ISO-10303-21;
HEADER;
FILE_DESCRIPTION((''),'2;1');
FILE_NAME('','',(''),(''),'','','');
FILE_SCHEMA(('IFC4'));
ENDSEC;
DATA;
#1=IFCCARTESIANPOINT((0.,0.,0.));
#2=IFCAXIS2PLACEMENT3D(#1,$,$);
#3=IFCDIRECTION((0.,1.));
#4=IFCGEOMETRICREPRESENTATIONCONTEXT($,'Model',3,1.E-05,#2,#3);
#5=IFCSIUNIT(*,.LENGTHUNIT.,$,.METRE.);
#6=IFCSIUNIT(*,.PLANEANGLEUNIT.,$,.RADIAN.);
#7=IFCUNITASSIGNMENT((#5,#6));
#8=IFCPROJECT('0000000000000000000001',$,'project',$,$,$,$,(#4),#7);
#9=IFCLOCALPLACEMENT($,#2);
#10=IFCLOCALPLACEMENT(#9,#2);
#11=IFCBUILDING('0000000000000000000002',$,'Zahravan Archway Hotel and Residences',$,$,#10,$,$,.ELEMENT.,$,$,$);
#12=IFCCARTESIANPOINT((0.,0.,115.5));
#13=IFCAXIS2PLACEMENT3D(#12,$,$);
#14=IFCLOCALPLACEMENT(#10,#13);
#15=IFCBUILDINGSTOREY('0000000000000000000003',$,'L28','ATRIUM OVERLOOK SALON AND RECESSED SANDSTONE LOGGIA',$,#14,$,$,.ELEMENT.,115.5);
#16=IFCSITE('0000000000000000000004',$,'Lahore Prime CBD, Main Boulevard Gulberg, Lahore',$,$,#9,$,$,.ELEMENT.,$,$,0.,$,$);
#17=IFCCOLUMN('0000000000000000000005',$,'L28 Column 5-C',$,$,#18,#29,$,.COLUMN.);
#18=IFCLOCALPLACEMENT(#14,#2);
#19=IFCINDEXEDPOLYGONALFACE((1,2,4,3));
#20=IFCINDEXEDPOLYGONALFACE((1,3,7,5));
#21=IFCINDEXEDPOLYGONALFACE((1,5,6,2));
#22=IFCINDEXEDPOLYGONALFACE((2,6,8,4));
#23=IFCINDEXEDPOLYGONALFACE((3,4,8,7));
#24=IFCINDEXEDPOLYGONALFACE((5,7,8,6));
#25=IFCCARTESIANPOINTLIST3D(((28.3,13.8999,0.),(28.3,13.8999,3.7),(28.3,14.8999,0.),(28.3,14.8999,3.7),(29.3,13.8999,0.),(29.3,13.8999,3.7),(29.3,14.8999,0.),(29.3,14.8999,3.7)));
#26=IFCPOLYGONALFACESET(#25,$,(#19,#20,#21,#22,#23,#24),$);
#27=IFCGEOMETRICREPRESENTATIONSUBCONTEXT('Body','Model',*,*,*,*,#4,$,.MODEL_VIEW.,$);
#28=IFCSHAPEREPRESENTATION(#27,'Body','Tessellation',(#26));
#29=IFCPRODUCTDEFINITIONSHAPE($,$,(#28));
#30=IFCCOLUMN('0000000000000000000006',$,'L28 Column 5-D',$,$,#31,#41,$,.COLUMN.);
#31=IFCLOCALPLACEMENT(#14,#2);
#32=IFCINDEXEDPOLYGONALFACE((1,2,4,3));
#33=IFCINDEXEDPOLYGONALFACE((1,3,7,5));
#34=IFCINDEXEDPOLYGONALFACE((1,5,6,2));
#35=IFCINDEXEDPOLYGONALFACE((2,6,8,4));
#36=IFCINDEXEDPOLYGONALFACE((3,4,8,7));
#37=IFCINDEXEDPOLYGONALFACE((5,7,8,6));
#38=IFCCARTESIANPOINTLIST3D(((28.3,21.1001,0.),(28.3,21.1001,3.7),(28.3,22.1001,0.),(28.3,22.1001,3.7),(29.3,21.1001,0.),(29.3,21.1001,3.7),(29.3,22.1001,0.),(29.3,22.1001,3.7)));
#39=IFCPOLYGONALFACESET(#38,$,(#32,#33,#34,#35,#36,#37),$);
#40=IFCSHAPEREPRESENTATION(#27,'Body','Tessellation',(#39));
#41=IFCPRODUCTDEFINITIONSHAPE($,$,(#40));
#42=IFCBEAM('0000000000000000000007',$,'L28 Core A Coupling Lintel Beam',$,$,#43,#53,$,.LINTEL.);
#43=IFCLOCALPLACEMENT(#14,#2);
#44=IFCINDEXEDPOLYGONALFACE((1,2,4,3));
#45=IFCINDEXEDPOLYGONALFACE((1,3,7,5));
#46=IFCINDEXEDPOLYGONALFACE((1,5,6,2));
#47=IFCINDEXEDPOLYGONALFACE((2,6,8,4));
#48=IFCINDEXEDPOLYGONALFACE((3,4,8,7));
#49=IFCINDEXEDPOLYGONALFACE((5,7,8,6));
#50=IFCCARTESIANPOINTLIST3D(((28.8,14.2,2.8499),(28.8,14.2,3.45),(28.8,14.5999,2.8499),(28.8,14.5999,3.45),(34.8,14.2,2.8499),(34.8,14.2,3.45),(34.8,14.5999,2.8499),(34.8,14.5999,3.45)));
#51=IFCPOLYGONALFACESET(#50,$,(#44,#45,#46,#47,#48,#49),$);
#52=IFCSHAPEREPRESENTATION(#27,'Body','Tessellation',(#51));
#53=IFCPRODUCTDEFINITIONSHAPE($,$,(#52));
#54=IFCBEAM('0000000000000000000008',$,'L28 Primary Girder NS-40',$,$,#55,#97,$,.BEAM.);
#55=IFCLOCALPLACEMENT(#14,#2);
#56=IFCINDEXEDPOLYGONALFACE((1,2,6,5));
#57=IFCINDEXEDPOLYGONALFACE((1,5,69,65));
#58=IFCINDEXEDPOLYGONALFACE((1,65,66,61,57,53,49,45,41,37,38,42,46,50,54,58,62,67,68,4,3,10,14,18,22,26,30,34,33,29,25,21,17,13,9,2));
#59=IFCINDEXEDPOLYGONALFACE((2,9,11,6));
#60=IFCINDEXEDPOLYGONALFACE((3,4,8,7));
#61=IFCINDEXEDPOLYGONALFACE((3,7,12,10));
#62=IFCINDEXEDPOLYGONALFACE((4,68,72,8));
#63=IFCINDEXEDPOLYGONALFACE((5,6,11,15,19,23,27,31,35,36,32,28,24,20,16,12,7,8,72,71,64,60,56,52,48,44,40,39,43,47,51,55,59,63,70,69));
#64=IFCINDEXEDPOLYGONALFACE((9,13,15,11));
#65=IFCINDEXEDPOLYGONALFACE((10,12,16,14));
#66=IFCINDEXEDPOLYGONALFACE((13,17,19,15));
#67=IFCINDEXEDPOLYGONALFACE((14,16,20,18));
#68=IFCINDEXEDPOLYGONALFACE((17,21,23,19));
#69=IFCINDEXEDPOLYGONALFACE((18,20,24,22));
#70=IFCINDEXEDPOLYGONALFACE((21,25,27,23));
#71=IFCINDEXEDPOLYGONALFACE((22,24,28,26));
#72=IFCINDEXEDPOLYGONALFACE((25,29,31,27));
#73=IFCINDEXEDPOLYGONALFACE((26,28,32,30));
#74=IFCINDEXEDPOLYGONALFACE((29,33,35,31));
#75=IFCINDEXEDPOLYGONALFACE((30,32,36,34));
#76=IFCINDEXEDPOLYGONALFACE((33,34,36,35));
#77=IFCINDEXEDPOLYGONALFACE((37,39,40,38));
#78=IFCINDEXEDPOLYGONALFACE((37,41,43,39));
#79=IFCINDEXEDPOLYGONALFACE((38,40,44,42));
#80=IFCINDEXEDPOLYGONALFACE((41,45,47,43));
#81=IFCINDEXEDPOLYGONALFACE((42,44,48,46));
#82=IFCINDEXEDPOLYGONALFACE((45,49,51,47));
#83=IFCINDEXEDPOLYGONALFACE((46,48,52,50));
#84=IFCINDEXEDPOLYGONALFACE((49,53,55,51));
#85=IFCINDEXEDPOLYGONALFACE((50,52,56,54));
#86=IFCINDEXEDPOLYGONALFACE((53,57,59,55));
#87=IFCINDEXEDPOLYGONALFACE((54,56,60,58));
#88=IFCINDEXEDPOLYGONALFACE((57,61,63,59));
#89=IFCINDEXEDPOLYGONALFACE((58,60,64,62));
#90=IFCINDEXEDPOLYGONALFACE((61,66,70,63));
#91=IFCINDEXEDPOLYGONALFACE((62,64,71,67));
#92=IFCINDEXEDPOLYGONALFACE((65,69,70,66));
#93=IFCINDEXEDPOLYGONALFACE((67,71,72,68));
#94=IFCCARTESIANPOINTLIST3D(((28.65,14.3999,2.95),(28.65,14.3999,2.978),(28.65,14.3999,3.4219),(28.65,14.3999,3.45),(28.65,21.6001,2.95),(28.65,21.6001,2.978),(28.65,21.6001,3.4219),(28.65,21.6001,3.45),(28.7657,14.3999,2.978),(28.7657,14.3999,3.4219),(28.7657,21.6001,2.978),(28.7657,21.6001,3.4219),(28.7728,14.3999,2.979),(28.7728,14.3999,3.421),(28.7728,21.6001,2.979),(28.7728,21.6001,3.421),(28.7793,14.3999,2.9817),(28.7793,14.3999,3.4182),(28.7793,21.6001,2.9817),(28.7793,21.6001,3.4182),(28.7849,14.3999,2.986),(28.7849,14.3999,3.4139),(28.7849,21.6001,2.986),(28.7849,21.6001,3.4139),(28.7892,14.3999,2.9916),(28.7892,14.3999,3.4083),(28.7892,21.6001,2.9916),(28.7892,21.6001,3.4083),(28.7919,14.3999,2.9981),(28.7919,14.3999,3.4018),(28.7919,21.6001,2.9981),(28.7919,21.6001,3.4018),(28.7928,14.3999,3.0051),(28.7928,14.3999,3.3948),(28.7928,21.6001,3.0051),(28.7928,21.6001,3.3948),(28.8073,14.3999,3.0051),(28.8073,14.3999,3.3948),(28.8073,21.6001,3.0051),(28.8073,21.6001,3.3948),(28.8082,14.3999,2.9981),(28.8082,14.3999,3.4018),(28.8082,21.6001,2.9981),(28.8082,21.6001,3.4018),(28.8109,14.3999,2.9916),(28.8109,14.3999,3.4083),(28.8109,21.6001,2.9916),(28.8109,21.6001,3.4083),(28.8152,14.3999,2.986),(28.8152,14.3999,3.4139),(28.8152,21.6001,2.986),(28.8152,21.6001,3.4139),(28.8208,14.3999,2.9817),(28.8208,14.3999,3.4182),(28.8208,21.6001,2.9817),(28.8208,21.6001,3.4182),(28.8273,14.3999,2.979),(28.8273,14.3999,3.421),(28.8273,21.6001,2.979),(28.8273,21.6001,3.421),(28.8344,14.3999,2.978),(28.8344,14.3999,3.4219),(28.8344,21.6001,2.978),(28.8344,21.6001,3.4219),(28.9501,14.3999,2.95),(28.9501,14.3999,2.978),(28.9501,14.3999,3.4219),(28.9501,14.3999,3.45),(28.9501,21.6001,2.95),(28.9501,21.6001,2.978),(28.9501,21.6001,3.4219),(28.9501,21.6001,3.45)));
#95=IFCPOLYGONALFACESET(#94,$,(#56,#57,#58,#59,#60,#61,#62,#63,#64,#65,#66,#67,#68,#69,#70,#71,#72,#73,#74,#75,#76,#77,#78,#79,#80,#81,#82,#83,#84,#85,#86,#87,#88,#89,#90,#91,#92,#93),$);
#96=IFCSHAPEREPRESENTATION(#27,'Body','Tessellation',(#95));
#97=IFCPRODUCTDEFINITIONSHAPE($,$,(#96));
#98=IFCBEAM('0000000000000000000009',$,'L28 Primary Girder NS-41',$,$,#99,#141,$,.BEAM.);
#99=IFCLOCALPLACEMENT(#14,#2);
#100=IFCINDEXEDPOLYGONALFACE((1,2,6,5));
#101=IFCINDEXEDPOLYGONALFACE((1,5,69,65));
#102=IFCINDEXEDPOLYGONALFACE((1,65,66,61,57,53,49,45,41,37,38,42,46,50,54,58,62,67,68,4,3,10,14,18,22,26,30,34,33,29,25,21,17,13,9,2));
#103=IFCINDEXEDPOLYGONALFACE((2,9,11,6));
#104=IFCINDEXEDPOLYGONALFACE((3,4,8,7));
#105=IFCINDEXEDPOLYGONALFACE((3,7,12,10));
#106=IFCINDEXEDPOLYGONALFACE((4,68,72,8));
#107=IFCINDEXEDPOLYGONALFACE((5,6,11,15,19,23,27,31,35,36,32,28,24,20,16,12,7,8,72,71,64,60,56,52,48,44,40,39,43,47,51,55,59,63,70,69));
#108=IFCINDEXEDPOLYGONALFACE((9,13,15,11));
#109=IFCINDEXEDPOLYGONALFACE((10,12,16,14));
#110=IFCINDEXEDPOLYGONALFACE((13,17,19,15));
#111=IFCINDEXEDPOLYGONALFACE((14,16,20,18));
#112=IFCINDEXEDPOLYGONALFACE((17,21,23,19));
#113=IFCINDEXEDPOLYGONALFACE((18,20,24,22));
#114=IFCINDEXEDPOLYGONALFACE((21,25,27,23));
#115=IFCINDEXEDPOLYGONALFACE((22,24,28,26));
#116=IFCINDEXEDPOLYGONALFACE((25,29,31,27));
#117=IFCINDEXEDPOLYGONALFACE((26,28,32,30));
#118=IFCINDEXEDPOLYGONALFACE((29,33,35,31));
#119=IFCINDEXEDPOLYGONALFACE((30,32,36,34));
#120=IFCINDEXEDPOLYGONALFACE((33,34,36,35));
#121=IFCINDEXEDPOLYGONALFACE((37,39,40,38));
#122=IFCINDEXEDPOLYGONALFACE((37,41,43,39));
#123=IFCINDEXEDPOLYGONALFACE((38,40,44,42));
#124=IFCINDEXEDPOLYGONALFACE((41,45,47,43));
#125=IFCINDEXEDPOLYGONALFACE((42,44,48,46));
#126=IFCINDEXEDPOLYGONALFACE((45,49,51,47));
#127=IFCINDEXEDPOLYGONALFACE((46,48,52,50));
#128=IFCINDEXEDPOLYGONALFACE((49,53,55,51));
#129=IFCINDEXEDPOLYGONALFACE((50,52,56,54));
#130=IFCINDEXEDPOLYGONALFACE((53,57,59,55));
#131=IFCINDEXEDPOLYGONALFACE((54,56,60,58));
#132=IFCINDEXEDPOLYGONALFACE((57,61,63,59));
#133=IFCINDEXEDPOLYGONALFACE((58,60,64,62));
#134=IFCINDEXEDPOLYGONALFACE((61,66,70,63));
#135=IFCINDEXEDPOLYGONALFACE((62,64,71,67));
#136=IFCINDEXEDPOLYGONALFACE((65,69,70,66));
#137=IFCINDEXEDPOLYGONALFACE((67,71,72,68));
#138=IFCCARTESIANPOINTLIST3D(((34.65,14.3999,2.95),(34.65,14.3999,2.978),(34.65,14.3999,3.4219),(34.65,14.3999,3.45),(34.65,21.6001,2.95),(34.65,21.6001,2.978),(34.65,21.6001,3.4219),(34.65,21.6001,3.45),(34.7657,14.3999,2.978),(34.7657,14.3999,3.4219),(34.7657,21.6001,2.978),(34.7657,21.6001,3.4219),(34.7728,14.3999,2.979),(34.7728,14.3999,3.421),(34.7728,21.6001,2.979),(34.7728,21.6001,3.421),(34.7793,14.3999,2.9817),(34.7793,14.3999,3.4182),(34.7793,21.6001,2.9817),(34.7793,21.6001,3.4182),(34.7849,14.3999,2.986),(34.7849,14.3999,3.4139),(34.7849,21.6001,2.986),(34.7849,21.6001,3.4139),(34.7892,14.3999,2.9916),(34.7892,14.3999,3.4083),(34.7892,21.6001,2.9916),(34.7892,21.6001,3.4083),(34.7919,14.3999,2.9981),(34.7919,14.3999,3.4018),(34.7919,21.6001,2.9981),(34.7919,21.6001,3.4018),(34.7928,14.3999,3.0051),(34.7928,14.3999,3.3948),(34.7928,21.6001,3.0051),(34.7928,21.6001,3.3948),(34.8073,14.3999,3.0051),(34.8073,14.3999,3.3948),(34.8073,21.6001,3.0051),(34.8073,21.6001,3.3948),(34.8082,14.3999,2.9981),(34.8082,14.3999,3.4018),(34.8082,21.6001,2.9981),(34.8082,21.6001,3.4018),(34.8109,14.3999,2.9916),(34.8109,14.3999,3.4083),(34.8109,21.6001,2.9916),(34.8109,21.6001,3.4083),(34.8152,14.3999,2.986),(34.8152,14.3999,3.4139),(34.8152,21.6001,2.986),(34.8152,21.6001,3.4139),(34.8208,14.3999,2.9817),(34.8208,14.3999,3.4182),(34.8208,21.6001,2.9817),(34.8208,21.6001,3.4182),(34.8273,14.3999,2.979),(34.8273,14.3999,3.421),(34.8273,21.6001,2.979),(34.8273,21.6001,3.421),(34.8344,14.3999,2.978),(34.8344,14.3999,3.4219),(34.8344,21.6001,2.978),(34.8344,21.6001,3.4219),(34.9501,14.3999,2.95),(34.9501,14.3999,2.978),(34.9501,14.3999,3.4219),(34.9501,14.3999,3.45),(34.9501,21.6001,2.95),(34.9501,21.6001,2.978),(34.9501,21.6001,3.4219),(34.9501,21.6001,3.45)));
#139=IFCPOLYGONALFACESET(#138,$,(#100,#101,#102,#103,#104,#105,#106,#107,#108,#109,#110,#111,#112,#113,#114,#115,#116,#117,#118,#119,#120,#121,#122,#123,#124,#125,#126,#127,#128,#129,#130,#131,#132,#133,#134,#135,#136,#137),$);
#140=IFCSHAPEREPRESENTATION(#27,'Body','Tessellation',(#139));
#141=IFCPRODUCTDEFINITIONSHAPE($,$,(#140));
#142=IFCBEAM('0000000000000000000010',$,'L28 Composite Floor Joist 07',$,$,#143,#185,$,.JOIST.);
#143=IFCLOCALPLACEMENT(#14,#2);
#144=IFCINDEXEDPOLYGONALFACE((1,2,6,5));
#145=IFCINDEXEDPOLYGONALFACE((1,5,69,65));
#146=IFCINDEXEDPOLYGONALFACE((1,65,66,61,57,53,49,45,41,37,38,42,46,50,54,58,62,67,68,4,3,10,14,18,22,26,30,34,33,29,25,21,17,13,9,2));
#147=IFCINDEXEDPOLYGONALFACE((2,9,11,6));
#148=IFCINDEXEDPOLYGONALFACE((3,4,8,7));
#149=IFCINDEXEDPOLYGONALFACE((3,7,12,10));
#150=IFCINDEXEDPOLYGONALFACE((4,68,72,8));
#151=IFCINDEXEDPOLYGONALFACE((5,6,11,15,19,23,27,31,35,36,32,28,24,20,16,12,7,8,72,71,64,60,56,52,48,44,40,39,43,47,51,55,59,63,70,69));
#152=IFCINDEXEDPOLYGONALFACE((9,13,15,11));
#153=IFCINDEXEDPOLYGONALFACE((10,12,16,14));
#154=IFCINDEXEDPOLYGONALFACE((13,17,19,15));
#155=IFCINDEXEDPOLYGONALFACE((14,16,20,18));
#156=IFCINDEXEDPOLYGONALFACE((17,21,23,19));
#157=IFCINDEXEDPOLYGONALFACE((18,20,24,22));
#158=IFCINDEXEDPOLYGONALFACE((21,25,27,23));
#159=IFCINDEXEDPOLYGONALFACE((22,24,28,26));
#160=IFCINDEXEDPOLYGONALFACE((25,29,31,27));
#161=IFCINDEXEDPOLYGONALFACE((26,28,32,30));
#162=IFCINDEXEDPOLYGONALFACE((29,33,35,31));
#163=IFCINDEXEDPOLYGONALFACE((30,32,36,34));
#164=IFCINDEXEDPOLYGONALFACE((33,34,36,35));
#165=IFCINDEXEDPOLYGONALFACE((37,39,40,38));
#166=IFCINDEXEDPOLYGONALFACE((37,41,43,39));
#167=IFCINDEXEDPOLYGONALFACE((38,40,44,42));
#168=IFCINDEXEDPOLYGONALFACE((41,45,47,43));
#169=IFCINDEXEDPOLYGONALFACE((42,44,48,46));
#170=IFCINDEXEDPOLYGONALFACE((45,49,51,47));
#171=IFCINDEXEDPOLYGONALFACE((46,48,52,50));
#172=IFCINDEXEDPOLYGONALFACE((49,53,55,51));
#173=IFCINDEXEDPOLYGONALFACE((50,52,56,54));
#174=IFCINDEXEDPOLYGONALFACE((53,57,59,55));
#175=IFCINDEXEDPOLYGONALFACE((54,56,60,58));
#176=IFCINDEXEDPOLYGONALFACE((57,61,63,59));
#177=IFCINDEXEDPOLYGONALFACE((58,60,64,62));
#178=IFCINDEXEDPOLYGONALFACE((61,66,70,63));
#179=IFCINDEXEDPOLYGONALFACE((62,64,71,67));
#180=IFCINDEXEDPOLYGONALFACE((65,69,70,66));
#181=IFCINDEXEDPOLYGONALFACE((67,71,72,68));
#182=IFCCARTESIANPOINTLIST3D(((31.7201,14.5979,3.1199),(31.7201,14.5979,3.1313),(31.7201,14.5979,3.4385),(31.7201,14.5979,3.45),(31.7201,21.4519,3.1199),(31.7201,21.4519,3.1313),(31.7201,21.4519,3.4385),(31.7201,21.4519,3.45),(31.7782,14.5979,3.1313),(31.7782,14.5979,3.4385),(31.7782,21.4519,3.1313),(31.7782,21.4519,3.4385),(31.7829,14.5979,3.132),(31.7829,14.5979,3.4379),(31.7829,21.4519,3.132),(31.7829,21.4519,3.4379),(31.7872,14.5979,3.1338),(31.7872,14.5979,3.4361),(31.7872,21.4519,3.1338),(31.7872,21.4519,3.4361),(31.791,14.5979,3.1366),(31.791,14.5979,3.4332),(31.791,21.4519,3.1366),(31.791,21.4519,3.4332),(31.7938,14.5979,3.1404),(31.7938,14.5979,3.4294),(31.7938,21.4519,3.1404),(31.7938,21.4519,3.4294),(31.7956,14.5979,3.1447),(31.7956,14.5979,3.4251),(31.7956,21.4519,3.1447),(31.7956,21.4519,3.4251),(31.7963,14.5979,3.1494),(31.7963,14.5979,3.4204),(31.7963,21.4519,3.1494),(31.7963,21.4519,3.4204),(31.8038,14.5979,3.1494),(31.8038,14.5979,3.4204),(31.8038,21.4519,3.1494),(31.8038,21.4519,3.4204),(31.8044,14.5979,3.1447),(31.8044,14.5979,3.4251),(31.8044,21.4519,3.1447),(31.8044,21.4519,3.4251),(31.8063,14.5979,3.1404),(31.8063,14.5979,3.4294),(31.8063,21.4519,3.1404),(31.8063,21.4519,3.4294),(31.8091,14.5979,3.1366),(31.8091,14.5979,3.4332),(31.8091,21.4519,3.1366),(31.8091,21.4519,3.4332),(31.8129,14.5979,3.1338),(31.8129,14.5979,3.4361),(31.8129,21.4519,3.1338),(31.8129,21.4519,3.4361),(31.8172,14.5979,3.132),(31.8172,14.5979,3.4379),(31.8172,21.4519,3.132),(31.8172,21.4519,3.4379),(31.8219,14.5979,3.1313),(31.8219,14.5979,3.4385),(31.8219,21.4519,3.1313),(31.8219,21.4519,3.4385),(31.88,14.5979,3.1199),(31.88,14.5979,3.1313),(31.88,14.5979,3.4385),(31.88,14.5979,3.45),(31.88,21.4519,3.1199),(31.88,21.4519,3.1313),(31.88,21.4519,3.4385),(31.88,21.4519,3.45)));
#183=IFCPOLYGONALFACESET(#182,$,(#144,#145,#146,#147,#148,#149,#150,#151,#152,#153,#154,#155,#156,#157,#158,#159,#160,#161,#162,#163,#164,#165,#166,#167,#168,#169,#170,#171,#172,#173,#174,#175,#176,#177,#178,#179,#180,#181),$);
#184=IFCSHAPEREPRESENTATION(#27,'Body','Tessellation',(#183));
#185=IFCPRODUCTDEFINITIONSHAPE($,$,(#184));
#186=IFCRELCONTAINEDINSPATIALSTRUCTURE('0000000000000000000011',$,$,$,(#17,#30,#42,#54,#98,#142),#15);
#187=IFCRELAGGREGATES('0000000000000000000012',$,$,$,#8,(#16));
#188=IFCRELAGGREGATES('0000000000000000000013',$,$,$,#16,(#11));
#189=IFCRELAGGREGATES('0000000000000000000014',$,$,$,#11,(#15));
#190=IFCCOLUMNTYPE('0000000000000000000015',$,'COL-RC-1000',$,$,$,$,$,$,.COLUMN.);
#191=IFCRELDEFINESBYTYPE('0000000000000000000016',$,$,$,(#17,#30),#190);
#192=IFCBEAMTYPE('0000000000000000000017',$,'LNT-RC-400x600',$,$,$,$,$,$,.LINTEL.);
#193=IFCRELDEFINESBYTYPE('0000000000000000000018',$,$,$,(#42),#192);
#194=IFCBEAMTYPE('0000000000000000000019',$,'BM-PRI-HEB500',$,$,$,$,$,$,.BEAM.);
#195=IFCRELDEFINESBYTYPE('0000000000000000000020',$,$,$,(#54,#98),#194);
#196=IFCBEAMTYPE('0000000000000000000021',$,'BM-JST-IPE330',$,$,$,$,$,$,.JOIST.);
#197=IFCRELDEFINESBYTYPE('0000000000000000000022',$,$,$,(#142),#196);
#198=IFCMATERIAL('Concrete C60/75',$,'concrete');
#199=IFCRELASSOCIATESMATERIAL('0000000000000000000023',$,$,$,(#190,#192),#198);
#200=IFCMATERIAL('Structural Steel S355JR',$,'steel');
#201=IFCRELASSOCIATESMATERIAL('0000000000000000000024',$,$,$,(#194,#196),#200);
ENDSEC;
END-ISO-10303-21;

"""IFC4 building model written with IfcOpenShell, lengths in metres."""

from ifc_helpers import new_model, si_unit, direction, frame, origin, origin_2d, place, context, subcontext, project, spatial, rectangle, i_section, extrude, source, transform, mapped, material, material_profile, profile_set, type_object, type_shapes, element, save


model = new_model("IFC4")

# Units and contexts
model_context = context("Model", 3, precision=1e-05, world=origin(), true_north=direction((0.0, 1.0)))
body_context = subcontext(model_context, "Body", "Model", "MODEL_VIEW")
ifc_project = project(units=[si_unit("LENGTHUNIT", "METRE"), si_unit("PLANEANGLEUNIT", "RADIAN")], contexts=[model_context])

# Site, building, storey
site_placement = place(None, origin())
site = spatial("IfcSite", under=ifc_project, at=site_placement, Name="Lahore Prime CBD, Main Boulevard Gulberg, Lahore", CompositionType="ELEMENT", RefElevation=0.0)
building_placement = place(site_placement, origin())
building = spatial("IfcBuilding", under=site, at=building_placement, Name="Zahravan Archway Hotel and Residences", CompositionType="ELEMENT")
storey_placement = place(building_placement, frame((0.0, 0.0, 115.5)))
storey = spatial("IfcBuildingStorey", under=building, at=storey_placement, Name="L28", Description="ATRIUM OVERLOOK SALON AND RECESSED SANDSTONE LOGGIA", CompositionType="ELEMENT", Elevation=115.5)

# Columns
ifc_material_1 = material(Name="Concrete C60/75", Category="concrete")
ifc_material_profile_1 = material_profile(ifc_material_1, rectangle(XDim=1.0, YDim=1.0, at=origin_2d()), Name="RC-COL-1000x1000", Category="concrete")
ifc_profile_set_1 = profile_set([ifc_material_profile_1], Name="Concrete C60/75")
column_type = type_object("IfcColumnType", Name="COL-RC-1000", PredefinedType="COLUMN", material=ifc_profile_set_1)
shared_shape_1 = source(origin(), body_context, "Body", "SweptSolid", [
    extrude(rectangle(XDim=1.0, YDim=1.0, at=origin_2d()), origin(), (0.0, 0.0, 1.0), 3.7),
])
type_shapes(column_type, [shared_shape_1])
for number, where, z_axis, x_axis, name in (
    (1, (28.8, 14.3999, 0.0), (0.0, 0.0, 1.0), (1.0, 0.0, 0.0), "L28 Column 5-C"),
    (2, (28.8, 21.6001, 0.0), (0.0, 0.0, 1.0), (1.0, 0.0, 0.0), "L28 Column 5-D"),
):
    element("IfcColumn", number, at=place(storey_placement, frame(where, z_axis=z_axis, x_axis=x_axis)), inside=storey, type_object=column_type, Name=name, PredefinedType="COLUMN", context=body_context, shape_type="MappedRepresentation", body=[
        mapped(shared_shape_1, transform((0.0, 0.0, 0.0), scale=1.0)),
    ])

# Beams
ifc_material_profile_2 = material_profile(ifc_material_1, rectangle(XDim=0.3999, YDim=0.6001, at=origin_2d()), Name="RC-LNT-400x600", Category="concrete")
ifc_profile_set_2 = profile_set([ifc_material_profile_2], Name="Concrete C60/75")
beam_type_1 = type_object("IfcBeamType", Name="LNT-RC-400x600", PredefinedType="LINTEL", material=ifc_profile_set_2)
shared_shape_2 = source(origin(), body_context, "Body", "SweptSolid", [
    extrude(rectangle(XDim=0.3999, YDim=0.6001, at=origin_2d()), origin(), (0.0, 0.0, 1.0), 6.0),
])
type_shapes(beam_type_1, [shared_shape_2])
beam_1_placement = place(storey_placement, frame((28.8, 14.3999, 3.1499), z_axis=(1.0, 0.0, 0.0), x_axis=(0.0, 1.0, 0.0)))
element("IfcBeam", 3, at=beam_1_placement, inside=storey, type_object=beam_type_1, Name="L28 Core A Coupling Lintel Beam", PredefinedType="LINTEL", context=body_context, shape_type="MappedRepresentation", body=[
    mapped(shared_shape_2, transform((0.0, 0.0, 0.0), scale=1.0)),
])
ifc_material_2 = material(Name="Structural Steel S355JR", Category="steel")
ifc_material_profile_3 = material_profile(ifc_material_2, i_section(OverallWidth=0.3, OverallDepth=0.5, WebThickness=0.0144, FlangeThickness=0.0281, FilletRadius=0.0271, at=origin_2d()), Name="HEB 500", Category="steel")
ifc_profile_set_3 = profile_set([ifc_material_profile_3], Name="Structural Steel S355JR")
beam_type_2 = type_object("IfcBeamType", Name="BM-PRI-HEB500", PredefinedType="BEAM", material=ifc_profile_set_3)
shared_shape_3 = source(origin(), body_context, "Body", "SweptSolid", [
    extrude(i_section(OverallWidth=0.3, OverallDepth=0.5, WebThickness=0.0144, FlangeThickness=0.0281, FilletRadius=0.0271, at=origin_2d()), origin(), (0.0, 0.0, 1.0), 7.2002),
])
type_shapes(beam_type_2, [shared_shape_3])
for number, where, z_axis, x_axis, name in (
    (4, (28.8, 14.3999, 3.2), (0.0, 1.0, 0.0), (-1.0, 0.0, 0.0), "L28 Primary Girder NS-40"),
    (5, (34.8, 14.3999, 3.2), (0.0, 1.0, 0.0), (-1.0, 0.0, 0.0), "L28 Primary Girder NS-41"),
):
    element("IfcBeam", number, at=place(storey_placement, frame(where, z_axis=z_axis, x_axis=x_axis)), inside=storey, type_object=beam_type_2, Name=name, PredefinedType="BEAM", context=body_context, shape_type="MappedRepresentation", body=[
        mapped(shared_shape_3, transform((0.0, 0.0, 0.0), scale=1.0)),
    ])
ifc_material_profile_4 = material_profile(ifc_material_2, i_section(OverallWidth=0.1599, OverallDepth=0.3301, WebThickness=0.0076, FlangeThickness=0.0115, FilletRadius=0.0181, at=origin_2d()), Name="IPE 330", Category="steel")
ifc_profile_set_4 = profile_set([ifc_material_profile_4], Name="Structural Steel S355JR")
beam_type_3 = type_object("IfcBeamType", Name="BM-JST-IPE330", PredefinedType="JOIST", material=ifc_profile_set_4)
shared_shape_4 = source(origin(), body_context, "Body", "SweptSolid", [
    extrude(i_section(OverallWidth=0.1599, OverallDepth=0.3301, WebThickness=0.0076, FlangeThickness=0.0115, FilletRadius=0.0181, at=origin_2d()), origin(), (0.0, 0.0, 1.0), 6.854),
])
beam_2_placement = place(storey_placement, frame((31.8, 14.5979, 3.2849), z_axis=(0.0, 1.0, 0.0), x_axis=(-1.0, 0.0, 0.0)))
element("IfcBeam", 6, at=beam_2_placement, inside=storey, type_object=beam_type_3, Name="L28 Composite Floor Joist 07", PredefinedType="JOIST", context=body_context, shape_type="MappedRepresentation", body=[
    mapped(shared_shape_4, transform((0.0, 0.0, 0.0), scale=1.0)),
])

save(model, "model.ifc")
